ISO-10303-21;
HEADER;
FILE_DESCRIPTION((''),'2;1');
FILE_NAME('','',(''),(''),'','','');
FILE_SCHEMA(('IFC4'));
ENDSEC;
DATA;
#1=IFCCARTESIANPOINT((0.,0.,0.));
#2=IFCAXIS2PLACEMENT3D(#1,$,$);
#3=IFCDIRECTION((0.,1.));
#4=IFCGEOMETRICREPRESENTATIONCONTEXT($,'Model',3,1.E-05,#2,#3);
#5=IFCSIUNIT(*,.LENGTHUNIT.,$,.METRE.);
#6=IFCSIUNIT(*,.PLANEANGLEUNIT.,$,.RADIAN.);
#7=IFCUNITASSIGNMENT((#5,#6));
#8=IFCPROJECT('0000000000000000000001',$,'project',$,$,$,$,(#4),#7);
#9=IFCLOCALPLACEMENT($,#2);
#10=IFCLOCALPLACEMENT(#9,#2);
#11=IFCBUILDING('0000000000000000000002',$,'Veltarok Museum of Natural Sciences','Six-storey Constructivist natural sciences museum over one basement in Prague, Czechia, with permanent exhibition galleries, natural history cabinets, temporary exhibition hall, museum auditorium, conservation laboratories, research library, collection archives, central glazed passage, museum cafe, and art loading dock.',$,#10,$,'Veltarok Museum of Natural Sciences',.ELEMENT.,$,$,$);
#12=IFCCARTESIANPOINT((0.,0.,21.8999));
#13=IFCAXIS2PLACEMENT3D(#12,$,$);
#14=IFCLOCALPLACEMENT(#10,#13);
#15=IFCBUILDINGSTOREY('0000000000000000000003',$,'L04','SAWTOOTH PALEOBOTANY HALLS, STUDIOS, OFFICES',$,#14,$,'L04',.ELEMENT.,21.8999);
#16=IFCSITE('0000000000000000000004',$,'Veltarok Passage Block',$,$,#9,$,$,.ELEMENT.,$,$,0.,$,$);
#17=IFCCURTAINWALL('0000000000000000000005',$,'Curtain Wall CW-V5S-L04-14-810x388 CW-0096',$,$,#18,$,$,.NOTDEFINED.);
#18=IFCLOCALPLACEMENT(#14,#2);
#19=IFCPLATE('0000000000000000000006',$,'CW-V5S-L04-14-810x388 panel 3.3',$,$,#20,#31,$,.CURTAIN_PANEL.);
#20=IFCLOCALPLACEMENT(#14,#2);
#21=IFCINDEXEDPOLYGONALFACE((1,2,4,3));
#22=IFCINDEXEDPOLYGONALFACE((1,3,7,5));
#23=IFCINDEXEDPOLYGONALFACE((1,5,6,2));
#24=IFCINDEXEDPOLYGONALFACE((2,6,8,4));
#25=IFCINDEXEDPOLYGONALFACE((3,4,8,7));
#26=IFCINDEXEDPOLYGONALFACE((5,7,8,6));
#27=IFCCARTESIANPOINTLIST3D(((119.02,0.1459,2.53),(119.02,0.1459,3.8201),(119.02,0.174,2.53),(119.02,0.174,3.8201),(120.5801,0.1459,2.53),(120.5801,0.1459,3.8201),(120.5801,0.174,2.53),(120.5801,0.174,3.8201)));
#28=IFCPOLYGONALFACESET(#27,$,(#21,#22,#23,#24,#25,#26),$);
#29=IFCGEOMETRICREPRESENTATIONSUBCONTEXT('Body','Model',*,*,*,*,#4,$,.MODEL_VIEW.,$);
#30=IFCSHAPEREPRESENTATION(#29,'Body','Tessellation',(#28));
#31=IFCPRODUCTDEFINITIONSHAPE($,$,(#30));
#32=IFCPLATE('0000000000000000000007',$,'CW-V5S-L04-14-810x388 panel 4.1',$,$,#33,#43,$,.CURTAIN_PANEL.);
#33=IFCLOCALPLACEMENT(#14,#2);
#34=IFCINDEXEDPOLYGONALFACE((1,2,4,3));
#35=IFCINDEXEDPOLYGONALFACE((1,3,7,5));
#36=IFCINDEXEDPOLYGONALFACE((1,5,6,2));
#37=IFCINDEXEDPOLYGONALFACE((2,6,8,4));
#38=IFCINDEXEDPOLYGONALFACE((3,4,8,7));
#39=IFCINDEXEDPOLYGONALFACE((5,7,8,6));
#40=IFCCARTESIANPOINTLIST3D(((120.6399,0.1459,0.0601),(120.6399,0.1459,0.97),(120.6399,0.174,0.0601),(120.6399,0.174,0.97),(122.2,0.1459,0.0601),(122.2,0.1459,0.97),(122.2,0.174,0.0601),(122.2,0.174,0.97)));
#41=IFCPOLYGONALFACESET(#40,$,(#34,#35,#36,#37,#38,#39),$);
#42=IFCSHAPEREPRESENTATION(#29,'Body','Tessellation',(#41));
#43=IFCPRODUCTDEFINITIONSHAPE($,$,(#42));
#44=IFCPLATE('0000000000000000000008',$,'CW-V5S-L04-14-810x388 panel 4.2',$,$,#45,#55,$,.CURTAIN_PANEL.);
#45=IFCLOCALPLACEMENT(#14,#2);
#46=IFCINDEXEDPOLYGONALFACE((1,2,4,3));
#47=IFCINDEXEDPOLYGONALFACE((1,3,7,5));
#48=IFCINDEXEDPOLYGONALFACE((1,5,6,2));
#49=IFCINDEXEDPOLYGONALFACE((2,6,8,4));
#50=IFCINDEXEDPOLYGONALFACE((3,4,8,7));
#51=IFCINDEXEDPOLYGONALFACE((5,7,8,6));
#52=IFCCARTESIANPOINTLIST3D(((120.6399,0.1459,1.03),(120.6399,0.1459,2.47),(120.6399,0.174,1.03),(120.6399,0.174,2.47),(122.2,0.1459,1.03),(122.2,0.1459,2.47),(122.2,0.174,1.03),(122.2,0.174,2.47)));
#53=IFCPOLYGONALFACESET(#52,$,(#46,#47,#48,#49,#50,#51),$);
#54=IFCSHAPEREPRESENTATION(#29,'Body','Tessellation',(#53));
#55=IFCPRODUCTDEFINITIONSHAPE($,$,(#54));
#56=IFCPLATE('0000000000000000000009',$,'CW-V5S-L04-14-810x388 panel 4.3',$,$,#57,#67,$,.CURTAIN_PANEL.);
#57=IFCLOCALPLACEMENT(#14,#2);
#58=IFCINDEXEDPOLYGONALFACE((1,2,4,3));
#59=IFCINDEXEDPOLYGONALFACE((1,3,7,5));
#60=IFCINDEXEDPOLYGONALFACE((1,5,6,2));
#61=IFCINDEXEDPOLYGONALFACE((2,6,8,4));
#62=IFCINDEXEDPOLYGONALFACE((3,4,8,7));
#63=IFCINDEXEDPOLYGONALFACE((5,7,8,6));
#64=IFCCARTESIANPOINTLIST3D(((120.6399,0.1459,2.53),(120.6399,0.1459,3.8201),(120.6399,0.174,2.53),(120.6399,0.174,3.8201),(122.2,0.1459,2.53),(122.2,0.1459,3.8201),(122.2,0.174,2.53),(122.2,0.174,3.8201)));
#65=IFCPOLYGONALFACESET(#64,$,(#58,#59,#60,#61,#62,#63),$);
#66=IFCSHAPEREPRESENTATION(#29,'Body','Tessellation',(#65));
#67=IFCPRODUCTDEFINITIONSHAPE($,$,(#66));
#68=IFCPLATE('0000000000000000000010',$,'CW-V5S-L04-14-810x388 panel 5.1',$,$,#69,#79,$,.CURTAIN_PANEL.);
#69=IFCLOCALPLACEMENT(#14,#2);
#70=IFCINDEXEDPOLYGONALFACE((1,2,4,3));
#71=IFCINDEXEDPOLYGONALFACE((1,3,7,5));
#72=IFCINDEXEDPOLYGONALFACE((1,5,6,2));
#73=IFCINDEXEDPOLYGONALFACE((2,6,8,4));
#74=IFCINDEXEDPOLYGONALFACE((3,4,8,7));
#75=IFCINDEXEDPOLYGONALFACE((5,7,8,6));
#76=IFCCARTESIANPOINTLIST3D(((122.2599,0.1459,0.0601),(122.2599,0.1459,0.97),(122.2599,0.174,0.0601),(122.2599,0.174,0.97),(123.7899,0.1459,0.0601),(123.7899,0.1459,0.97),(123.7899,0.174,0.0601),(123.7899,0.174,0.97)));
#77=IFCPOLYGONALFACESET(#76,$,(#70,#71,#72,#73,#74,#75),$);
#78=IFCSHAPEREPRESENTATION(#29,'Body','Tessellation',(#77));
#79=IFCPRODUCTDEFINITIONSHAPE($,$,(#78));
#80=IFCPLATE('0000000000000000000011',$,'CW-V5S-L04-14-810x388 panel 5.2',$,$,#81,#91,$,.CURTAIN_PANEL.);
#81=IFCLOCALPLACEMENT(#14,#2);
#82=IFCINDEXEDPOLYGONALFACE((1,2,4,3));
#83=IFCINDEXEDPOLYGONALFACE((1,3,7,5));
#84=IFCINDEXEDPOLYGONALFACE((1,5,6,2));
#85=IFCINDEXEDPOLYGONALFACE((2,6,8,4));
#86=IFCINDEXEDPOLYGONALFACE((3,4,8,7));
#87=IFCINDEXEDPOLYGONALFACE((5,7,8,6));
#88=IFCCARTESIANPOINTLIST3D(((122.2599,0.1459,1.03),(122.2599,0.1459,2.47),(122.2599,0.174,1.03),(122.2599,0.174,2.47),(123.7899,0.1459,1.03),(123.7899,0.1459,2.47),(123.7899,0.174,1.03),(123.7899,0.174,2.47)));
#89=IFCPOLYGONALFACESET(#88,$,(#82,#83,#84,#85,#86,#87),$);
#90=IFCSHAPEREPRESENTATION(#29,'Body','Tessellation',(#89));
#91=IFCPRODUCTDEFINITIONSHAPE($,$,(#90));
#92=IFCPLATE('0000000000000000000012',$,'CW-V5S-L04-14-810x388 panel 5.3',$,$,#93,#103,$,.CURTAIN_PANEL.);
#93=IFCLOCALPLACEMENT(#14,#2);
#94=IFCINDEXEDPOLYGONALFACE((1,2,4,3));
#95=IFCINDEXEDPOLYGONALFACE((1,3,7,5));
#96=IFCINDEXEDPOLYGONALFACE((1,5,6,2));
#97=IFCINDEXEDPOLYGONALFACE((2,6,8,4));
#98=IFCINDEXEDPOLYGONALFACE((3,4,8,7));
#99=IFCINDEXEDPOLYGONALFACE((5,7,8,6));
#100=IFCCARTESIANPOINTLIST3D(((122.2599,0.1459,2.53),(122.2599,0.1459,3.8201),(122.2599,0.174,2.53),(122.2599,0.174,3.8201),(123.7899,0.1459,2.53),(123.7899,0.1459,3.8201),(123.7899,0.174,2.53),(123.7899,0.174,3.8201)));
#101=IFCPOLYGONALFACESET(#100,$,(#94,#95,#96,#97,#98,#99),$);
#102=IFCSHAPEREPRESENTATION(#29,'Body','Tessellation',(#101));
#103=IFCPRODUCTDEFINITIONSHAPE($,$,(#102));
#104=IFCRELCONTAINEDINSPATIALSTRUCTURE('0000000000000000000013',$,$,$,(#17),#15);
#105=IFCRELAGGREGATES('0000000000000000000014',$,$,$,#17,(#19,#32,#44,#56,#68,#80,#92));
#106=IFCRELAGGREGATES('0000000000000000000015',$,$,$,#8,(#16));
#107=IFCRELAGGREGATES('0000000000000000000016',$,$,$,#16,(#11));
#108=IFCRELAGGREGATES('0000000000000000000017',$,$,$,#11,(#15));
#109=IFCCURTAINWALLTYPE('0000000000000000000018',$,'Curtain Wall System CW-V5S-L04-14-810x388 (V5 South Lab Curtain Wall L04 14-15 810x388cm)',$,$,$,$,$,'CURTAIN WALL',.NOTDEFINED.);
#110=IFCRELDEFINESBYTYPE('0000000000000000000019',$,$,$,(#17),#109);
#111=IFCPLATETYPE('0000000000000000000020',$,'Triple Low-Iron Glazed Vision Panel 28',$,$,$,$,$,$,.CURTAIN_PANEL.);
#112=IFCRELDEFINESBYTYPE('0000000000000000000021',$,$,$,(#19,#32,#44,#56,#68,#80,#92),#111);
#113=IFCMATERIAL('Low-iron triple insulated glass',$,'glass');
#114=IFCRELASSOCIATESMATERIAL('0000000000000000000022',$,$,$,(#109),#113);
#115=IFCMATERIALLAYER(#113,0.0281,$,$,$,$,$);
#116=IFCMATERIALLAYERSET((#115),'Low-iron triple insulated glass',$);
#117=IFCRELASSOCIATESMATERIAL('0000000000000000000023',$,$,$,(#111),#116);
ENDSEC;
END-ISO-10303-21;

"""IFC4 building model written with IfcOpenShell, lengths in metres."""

from ifc_helpers import new_model, si_unit, direction, frame, origin, origin_2d, place, context, subcontext, project, spatial, rectangle, extrude, material, layer, layer_set, type_object, element, aggregate, save


model = new_model("IFC4")

# Units and contexts
model_context = context("Model", 3, precision=1e-05, world=origin(), true_north=direction((0.0, 1.0)))
body_context = subcontext(model_context, "Body", "Model", "MODEL_VIEW")
ifc_project = project(units=[si_unit("LENGTHUNIT", "METRE"), si_unit("PLANEANGLEUNIT", "RADIAN")], contexts=[model_context])

# Site, building, storey
site_placement = place(None, origin())
site = spatial("IfcSite", under=ifc_project, at=site_placement, Name="Veltarok Passage Block", CompositionType="ELEMENT", RefElevation=0.0)
building_placement = place(site_placement, origin())
building = spatial("IfcBuilding", under=site, at=building_placement, Name="Veltarok Museum of Natural Sciences", Description="Six-storey Constructivist natural sciences museum over one basement in Prague, Czechia, with permanent exhibition galleries, natural history cabinets, temporary exhibition hall, museum auditorium, conservation laboratories, research library, collection archives, central glazed passage, museum cafe, and art loading dock.", LongName="Veltarok Museum of Natural Sciences", CompositionType="ELEMENT")
storey_placement = place(building_placement, frame((0.0, 0.0, 21.8999)))
storey = spatial("IfcBuildingStorey", under=building, at=storey_placement, Name="L04", Description="SAWTOOTH PALEOBOTANY HALLS, STUDIOS, OFFICES", LongName="L04", CompositionType="ELEMENT", Elevation=21.8999)

# Curtain wall
ifc_material_1 = material(Name="Low-iron triple insulated glass", Category="glass")
curtain_wall_type = type_object("IfcCurtainWallType", Name="Curtain Wall System CW-V5S-L04-14-810x388 (V5 South Lab Curtain Wall L04 14-15 810x388cm)", ElementType="CURTAIN WALL", PredefinedType="NOTDEFINED", material=ifc_material_1)
curtain_wall_placement = place(storey_placement, origin())
curtain_wall = element("IfcCurtainWall", 1, at=curtain_wall_placement, inside=storey, type_object=curtain_wall_type, Name="Curtain Wall CW-V5S-L04-14-810x388 CW-0096", PredefinedType="NOTDEFINED")

# Plates
ifc_layer = layer(ifc_material_1, 0.0281)
ifc_layer_set = layer_set([ifc_layer], Name="Low-iron triple insulated glass")
plate_type = type_object("IfcPlateType", Name="Triple Low-Iron Glazed Vision Panel 28", PredefinedType="CURTAIN_PANEL", material=ifc_layer_set)
plate_1_placement = place(storey_placement, frame((119.8, 0.1599, 2.53), z_axis=(0.0, 0.0, 1.0), x_axis=(1.0, 0.0, 0.0)))
plate_1 = element("IfcPlate", 2, at=plate_1_placement, type_object=plate_type, Name="CW-V5S-L04-14-810x388 panel 3.3", PredefinedType="CURTAIN_PANEL", context=body_context, shape_type="SweptSolid", body=[
    extrude(rectangle(XDim=1.5601, YDim=0.0281, at=origin_2d()), origin(), (0.0, 0.0, 1.0), 1.29),
])
plate_2_placement = place(storey_placement, frame((121.4199, 0.1599, 0.0601), z_axis=(0.0, 0.0, 1.0), x_axis=(1.0, 0.0, 0.0)))
plate_2 = element("IfcPlate", 3, at=plate_2_placement, type_object=plate_type, Name="CW-V5S-L04-14-810x388 panel 4.1", PredefinedType="CURTAIN_PANEL", context=body_context, shape_type="SweptSolid", body=[
    extrude(rectangle(XDim=1.5601, YDim=0.0281, at=origin_2d()), origin(), (0.0, 0.0, 1.0), 0.9099),
])
plate_3_placement = place(storey_placement, frame((121.4199, 0.1599, 1.03), z_axis=(0.0, 0.0, 1.0), x_axis=(1.0, 0.0, 0.0)))
plate_3 = element("IfcPlate", 4, at=plate_3_placement, type_object=plate_type, Name="CW-V5S-L04-14-810x388 panel 4.2", PredefinedType="CURTAIN_PANEL", context=body_context, shape_type="SweptSolid", body=[
    extrude(rectangle(XDim=1.5601, YDim=0.0281, at=origin_2d()), origin(), (0.0, 0.0, 1.0), 1.4399),
])
plate_4_placement = place(storey_placement, frame((121.4199, 0.1599, 2.53), z_axis=(0.0, 0.0, 1.0), x_axis=(1.0, 0.0, 0.0)))
plate_4 = element("IfcPlate", 5, at=plate_4_placement, type_object=plate_type, Name="CW-V5S-L04-14-810x388 panel 4.3", PredefinedType="CURTAIN_PANEL", context=body_context, shape_type="SweptSolid", body=[
    extrude(rectangle(XDim=1.5601, YDim=0.0281, at=origin_2d()), origin(), (0.0, 0.0, 1.0), 1.29),
])
plate_5_placement = place(storey_placement, frame((123.0249, 0.1599, 0.0601), z_axis=(0.0, 0.0, 1.0), x_axis=(1.0, 0.0, 0.0)))
plate_5 = element("IfcPlate", 6, at=plate_5_placement, type_object=plate_type, Name="CW-V5S-L04-14-810x388 panel 5.1", PredefinedType="CURTAIN_PANEL", context=body_context, shape_type="SweptSolid", body=[
    extrude(rectangle(XDim=1.53, YDim=0.0281, at=origin_2d()), origin(), (0.0, 0.0, 1.0), 0.9099),
])
plate_6_placement = place(storey_placement, frame((123.0249, 0.1599, 1.03), z_axis=(0.0, 0.0, 1.0), x_axis=(1.0, 0.0, 0.0)))
plate_6 = element("IfcPlate", 7, at=plate_6_placement, type_object=plate_type, Name="CW-V5S-L04-14-810x388 panel 5.2", PredefinedType="CURTAIN_PANEL", context=body_context, shape_type="SweptSolid", body=[
    extrude(rectangle(XDim=1.53, YDim=0.0281, at=origin_2d()), origin(), (0.0, 0.0, 1.0), 1.4399),
])
plate_7_placement = place(storey_placement, frame((123.0249, 0.1599, 2.53), z_axis=(0.0, 0.0, 1.0), x_axis=(1.0, 0.0, 0.0)))
plate_7 = element("IfcPlate", 8, at=plate_7_placement, type_object=plate_type, Name="CW-V5S-L04-14-810x388 panel 5.3", PredefinedType="CURTAIN_PANEL", context=body_context, shape_type="SweptSolid", body=[
    extrude(rectangle(XDim=1.53, YDim=0.0281, at=origin_2d()), origin(), (0.0, 0.0, 1.0), 1.29),
])
aggregate(curtain_wall, [plate_1, plate_2, plate_3, plate_4, plate_5, plate_6, plate_7])

save(model, "model.ifc")
